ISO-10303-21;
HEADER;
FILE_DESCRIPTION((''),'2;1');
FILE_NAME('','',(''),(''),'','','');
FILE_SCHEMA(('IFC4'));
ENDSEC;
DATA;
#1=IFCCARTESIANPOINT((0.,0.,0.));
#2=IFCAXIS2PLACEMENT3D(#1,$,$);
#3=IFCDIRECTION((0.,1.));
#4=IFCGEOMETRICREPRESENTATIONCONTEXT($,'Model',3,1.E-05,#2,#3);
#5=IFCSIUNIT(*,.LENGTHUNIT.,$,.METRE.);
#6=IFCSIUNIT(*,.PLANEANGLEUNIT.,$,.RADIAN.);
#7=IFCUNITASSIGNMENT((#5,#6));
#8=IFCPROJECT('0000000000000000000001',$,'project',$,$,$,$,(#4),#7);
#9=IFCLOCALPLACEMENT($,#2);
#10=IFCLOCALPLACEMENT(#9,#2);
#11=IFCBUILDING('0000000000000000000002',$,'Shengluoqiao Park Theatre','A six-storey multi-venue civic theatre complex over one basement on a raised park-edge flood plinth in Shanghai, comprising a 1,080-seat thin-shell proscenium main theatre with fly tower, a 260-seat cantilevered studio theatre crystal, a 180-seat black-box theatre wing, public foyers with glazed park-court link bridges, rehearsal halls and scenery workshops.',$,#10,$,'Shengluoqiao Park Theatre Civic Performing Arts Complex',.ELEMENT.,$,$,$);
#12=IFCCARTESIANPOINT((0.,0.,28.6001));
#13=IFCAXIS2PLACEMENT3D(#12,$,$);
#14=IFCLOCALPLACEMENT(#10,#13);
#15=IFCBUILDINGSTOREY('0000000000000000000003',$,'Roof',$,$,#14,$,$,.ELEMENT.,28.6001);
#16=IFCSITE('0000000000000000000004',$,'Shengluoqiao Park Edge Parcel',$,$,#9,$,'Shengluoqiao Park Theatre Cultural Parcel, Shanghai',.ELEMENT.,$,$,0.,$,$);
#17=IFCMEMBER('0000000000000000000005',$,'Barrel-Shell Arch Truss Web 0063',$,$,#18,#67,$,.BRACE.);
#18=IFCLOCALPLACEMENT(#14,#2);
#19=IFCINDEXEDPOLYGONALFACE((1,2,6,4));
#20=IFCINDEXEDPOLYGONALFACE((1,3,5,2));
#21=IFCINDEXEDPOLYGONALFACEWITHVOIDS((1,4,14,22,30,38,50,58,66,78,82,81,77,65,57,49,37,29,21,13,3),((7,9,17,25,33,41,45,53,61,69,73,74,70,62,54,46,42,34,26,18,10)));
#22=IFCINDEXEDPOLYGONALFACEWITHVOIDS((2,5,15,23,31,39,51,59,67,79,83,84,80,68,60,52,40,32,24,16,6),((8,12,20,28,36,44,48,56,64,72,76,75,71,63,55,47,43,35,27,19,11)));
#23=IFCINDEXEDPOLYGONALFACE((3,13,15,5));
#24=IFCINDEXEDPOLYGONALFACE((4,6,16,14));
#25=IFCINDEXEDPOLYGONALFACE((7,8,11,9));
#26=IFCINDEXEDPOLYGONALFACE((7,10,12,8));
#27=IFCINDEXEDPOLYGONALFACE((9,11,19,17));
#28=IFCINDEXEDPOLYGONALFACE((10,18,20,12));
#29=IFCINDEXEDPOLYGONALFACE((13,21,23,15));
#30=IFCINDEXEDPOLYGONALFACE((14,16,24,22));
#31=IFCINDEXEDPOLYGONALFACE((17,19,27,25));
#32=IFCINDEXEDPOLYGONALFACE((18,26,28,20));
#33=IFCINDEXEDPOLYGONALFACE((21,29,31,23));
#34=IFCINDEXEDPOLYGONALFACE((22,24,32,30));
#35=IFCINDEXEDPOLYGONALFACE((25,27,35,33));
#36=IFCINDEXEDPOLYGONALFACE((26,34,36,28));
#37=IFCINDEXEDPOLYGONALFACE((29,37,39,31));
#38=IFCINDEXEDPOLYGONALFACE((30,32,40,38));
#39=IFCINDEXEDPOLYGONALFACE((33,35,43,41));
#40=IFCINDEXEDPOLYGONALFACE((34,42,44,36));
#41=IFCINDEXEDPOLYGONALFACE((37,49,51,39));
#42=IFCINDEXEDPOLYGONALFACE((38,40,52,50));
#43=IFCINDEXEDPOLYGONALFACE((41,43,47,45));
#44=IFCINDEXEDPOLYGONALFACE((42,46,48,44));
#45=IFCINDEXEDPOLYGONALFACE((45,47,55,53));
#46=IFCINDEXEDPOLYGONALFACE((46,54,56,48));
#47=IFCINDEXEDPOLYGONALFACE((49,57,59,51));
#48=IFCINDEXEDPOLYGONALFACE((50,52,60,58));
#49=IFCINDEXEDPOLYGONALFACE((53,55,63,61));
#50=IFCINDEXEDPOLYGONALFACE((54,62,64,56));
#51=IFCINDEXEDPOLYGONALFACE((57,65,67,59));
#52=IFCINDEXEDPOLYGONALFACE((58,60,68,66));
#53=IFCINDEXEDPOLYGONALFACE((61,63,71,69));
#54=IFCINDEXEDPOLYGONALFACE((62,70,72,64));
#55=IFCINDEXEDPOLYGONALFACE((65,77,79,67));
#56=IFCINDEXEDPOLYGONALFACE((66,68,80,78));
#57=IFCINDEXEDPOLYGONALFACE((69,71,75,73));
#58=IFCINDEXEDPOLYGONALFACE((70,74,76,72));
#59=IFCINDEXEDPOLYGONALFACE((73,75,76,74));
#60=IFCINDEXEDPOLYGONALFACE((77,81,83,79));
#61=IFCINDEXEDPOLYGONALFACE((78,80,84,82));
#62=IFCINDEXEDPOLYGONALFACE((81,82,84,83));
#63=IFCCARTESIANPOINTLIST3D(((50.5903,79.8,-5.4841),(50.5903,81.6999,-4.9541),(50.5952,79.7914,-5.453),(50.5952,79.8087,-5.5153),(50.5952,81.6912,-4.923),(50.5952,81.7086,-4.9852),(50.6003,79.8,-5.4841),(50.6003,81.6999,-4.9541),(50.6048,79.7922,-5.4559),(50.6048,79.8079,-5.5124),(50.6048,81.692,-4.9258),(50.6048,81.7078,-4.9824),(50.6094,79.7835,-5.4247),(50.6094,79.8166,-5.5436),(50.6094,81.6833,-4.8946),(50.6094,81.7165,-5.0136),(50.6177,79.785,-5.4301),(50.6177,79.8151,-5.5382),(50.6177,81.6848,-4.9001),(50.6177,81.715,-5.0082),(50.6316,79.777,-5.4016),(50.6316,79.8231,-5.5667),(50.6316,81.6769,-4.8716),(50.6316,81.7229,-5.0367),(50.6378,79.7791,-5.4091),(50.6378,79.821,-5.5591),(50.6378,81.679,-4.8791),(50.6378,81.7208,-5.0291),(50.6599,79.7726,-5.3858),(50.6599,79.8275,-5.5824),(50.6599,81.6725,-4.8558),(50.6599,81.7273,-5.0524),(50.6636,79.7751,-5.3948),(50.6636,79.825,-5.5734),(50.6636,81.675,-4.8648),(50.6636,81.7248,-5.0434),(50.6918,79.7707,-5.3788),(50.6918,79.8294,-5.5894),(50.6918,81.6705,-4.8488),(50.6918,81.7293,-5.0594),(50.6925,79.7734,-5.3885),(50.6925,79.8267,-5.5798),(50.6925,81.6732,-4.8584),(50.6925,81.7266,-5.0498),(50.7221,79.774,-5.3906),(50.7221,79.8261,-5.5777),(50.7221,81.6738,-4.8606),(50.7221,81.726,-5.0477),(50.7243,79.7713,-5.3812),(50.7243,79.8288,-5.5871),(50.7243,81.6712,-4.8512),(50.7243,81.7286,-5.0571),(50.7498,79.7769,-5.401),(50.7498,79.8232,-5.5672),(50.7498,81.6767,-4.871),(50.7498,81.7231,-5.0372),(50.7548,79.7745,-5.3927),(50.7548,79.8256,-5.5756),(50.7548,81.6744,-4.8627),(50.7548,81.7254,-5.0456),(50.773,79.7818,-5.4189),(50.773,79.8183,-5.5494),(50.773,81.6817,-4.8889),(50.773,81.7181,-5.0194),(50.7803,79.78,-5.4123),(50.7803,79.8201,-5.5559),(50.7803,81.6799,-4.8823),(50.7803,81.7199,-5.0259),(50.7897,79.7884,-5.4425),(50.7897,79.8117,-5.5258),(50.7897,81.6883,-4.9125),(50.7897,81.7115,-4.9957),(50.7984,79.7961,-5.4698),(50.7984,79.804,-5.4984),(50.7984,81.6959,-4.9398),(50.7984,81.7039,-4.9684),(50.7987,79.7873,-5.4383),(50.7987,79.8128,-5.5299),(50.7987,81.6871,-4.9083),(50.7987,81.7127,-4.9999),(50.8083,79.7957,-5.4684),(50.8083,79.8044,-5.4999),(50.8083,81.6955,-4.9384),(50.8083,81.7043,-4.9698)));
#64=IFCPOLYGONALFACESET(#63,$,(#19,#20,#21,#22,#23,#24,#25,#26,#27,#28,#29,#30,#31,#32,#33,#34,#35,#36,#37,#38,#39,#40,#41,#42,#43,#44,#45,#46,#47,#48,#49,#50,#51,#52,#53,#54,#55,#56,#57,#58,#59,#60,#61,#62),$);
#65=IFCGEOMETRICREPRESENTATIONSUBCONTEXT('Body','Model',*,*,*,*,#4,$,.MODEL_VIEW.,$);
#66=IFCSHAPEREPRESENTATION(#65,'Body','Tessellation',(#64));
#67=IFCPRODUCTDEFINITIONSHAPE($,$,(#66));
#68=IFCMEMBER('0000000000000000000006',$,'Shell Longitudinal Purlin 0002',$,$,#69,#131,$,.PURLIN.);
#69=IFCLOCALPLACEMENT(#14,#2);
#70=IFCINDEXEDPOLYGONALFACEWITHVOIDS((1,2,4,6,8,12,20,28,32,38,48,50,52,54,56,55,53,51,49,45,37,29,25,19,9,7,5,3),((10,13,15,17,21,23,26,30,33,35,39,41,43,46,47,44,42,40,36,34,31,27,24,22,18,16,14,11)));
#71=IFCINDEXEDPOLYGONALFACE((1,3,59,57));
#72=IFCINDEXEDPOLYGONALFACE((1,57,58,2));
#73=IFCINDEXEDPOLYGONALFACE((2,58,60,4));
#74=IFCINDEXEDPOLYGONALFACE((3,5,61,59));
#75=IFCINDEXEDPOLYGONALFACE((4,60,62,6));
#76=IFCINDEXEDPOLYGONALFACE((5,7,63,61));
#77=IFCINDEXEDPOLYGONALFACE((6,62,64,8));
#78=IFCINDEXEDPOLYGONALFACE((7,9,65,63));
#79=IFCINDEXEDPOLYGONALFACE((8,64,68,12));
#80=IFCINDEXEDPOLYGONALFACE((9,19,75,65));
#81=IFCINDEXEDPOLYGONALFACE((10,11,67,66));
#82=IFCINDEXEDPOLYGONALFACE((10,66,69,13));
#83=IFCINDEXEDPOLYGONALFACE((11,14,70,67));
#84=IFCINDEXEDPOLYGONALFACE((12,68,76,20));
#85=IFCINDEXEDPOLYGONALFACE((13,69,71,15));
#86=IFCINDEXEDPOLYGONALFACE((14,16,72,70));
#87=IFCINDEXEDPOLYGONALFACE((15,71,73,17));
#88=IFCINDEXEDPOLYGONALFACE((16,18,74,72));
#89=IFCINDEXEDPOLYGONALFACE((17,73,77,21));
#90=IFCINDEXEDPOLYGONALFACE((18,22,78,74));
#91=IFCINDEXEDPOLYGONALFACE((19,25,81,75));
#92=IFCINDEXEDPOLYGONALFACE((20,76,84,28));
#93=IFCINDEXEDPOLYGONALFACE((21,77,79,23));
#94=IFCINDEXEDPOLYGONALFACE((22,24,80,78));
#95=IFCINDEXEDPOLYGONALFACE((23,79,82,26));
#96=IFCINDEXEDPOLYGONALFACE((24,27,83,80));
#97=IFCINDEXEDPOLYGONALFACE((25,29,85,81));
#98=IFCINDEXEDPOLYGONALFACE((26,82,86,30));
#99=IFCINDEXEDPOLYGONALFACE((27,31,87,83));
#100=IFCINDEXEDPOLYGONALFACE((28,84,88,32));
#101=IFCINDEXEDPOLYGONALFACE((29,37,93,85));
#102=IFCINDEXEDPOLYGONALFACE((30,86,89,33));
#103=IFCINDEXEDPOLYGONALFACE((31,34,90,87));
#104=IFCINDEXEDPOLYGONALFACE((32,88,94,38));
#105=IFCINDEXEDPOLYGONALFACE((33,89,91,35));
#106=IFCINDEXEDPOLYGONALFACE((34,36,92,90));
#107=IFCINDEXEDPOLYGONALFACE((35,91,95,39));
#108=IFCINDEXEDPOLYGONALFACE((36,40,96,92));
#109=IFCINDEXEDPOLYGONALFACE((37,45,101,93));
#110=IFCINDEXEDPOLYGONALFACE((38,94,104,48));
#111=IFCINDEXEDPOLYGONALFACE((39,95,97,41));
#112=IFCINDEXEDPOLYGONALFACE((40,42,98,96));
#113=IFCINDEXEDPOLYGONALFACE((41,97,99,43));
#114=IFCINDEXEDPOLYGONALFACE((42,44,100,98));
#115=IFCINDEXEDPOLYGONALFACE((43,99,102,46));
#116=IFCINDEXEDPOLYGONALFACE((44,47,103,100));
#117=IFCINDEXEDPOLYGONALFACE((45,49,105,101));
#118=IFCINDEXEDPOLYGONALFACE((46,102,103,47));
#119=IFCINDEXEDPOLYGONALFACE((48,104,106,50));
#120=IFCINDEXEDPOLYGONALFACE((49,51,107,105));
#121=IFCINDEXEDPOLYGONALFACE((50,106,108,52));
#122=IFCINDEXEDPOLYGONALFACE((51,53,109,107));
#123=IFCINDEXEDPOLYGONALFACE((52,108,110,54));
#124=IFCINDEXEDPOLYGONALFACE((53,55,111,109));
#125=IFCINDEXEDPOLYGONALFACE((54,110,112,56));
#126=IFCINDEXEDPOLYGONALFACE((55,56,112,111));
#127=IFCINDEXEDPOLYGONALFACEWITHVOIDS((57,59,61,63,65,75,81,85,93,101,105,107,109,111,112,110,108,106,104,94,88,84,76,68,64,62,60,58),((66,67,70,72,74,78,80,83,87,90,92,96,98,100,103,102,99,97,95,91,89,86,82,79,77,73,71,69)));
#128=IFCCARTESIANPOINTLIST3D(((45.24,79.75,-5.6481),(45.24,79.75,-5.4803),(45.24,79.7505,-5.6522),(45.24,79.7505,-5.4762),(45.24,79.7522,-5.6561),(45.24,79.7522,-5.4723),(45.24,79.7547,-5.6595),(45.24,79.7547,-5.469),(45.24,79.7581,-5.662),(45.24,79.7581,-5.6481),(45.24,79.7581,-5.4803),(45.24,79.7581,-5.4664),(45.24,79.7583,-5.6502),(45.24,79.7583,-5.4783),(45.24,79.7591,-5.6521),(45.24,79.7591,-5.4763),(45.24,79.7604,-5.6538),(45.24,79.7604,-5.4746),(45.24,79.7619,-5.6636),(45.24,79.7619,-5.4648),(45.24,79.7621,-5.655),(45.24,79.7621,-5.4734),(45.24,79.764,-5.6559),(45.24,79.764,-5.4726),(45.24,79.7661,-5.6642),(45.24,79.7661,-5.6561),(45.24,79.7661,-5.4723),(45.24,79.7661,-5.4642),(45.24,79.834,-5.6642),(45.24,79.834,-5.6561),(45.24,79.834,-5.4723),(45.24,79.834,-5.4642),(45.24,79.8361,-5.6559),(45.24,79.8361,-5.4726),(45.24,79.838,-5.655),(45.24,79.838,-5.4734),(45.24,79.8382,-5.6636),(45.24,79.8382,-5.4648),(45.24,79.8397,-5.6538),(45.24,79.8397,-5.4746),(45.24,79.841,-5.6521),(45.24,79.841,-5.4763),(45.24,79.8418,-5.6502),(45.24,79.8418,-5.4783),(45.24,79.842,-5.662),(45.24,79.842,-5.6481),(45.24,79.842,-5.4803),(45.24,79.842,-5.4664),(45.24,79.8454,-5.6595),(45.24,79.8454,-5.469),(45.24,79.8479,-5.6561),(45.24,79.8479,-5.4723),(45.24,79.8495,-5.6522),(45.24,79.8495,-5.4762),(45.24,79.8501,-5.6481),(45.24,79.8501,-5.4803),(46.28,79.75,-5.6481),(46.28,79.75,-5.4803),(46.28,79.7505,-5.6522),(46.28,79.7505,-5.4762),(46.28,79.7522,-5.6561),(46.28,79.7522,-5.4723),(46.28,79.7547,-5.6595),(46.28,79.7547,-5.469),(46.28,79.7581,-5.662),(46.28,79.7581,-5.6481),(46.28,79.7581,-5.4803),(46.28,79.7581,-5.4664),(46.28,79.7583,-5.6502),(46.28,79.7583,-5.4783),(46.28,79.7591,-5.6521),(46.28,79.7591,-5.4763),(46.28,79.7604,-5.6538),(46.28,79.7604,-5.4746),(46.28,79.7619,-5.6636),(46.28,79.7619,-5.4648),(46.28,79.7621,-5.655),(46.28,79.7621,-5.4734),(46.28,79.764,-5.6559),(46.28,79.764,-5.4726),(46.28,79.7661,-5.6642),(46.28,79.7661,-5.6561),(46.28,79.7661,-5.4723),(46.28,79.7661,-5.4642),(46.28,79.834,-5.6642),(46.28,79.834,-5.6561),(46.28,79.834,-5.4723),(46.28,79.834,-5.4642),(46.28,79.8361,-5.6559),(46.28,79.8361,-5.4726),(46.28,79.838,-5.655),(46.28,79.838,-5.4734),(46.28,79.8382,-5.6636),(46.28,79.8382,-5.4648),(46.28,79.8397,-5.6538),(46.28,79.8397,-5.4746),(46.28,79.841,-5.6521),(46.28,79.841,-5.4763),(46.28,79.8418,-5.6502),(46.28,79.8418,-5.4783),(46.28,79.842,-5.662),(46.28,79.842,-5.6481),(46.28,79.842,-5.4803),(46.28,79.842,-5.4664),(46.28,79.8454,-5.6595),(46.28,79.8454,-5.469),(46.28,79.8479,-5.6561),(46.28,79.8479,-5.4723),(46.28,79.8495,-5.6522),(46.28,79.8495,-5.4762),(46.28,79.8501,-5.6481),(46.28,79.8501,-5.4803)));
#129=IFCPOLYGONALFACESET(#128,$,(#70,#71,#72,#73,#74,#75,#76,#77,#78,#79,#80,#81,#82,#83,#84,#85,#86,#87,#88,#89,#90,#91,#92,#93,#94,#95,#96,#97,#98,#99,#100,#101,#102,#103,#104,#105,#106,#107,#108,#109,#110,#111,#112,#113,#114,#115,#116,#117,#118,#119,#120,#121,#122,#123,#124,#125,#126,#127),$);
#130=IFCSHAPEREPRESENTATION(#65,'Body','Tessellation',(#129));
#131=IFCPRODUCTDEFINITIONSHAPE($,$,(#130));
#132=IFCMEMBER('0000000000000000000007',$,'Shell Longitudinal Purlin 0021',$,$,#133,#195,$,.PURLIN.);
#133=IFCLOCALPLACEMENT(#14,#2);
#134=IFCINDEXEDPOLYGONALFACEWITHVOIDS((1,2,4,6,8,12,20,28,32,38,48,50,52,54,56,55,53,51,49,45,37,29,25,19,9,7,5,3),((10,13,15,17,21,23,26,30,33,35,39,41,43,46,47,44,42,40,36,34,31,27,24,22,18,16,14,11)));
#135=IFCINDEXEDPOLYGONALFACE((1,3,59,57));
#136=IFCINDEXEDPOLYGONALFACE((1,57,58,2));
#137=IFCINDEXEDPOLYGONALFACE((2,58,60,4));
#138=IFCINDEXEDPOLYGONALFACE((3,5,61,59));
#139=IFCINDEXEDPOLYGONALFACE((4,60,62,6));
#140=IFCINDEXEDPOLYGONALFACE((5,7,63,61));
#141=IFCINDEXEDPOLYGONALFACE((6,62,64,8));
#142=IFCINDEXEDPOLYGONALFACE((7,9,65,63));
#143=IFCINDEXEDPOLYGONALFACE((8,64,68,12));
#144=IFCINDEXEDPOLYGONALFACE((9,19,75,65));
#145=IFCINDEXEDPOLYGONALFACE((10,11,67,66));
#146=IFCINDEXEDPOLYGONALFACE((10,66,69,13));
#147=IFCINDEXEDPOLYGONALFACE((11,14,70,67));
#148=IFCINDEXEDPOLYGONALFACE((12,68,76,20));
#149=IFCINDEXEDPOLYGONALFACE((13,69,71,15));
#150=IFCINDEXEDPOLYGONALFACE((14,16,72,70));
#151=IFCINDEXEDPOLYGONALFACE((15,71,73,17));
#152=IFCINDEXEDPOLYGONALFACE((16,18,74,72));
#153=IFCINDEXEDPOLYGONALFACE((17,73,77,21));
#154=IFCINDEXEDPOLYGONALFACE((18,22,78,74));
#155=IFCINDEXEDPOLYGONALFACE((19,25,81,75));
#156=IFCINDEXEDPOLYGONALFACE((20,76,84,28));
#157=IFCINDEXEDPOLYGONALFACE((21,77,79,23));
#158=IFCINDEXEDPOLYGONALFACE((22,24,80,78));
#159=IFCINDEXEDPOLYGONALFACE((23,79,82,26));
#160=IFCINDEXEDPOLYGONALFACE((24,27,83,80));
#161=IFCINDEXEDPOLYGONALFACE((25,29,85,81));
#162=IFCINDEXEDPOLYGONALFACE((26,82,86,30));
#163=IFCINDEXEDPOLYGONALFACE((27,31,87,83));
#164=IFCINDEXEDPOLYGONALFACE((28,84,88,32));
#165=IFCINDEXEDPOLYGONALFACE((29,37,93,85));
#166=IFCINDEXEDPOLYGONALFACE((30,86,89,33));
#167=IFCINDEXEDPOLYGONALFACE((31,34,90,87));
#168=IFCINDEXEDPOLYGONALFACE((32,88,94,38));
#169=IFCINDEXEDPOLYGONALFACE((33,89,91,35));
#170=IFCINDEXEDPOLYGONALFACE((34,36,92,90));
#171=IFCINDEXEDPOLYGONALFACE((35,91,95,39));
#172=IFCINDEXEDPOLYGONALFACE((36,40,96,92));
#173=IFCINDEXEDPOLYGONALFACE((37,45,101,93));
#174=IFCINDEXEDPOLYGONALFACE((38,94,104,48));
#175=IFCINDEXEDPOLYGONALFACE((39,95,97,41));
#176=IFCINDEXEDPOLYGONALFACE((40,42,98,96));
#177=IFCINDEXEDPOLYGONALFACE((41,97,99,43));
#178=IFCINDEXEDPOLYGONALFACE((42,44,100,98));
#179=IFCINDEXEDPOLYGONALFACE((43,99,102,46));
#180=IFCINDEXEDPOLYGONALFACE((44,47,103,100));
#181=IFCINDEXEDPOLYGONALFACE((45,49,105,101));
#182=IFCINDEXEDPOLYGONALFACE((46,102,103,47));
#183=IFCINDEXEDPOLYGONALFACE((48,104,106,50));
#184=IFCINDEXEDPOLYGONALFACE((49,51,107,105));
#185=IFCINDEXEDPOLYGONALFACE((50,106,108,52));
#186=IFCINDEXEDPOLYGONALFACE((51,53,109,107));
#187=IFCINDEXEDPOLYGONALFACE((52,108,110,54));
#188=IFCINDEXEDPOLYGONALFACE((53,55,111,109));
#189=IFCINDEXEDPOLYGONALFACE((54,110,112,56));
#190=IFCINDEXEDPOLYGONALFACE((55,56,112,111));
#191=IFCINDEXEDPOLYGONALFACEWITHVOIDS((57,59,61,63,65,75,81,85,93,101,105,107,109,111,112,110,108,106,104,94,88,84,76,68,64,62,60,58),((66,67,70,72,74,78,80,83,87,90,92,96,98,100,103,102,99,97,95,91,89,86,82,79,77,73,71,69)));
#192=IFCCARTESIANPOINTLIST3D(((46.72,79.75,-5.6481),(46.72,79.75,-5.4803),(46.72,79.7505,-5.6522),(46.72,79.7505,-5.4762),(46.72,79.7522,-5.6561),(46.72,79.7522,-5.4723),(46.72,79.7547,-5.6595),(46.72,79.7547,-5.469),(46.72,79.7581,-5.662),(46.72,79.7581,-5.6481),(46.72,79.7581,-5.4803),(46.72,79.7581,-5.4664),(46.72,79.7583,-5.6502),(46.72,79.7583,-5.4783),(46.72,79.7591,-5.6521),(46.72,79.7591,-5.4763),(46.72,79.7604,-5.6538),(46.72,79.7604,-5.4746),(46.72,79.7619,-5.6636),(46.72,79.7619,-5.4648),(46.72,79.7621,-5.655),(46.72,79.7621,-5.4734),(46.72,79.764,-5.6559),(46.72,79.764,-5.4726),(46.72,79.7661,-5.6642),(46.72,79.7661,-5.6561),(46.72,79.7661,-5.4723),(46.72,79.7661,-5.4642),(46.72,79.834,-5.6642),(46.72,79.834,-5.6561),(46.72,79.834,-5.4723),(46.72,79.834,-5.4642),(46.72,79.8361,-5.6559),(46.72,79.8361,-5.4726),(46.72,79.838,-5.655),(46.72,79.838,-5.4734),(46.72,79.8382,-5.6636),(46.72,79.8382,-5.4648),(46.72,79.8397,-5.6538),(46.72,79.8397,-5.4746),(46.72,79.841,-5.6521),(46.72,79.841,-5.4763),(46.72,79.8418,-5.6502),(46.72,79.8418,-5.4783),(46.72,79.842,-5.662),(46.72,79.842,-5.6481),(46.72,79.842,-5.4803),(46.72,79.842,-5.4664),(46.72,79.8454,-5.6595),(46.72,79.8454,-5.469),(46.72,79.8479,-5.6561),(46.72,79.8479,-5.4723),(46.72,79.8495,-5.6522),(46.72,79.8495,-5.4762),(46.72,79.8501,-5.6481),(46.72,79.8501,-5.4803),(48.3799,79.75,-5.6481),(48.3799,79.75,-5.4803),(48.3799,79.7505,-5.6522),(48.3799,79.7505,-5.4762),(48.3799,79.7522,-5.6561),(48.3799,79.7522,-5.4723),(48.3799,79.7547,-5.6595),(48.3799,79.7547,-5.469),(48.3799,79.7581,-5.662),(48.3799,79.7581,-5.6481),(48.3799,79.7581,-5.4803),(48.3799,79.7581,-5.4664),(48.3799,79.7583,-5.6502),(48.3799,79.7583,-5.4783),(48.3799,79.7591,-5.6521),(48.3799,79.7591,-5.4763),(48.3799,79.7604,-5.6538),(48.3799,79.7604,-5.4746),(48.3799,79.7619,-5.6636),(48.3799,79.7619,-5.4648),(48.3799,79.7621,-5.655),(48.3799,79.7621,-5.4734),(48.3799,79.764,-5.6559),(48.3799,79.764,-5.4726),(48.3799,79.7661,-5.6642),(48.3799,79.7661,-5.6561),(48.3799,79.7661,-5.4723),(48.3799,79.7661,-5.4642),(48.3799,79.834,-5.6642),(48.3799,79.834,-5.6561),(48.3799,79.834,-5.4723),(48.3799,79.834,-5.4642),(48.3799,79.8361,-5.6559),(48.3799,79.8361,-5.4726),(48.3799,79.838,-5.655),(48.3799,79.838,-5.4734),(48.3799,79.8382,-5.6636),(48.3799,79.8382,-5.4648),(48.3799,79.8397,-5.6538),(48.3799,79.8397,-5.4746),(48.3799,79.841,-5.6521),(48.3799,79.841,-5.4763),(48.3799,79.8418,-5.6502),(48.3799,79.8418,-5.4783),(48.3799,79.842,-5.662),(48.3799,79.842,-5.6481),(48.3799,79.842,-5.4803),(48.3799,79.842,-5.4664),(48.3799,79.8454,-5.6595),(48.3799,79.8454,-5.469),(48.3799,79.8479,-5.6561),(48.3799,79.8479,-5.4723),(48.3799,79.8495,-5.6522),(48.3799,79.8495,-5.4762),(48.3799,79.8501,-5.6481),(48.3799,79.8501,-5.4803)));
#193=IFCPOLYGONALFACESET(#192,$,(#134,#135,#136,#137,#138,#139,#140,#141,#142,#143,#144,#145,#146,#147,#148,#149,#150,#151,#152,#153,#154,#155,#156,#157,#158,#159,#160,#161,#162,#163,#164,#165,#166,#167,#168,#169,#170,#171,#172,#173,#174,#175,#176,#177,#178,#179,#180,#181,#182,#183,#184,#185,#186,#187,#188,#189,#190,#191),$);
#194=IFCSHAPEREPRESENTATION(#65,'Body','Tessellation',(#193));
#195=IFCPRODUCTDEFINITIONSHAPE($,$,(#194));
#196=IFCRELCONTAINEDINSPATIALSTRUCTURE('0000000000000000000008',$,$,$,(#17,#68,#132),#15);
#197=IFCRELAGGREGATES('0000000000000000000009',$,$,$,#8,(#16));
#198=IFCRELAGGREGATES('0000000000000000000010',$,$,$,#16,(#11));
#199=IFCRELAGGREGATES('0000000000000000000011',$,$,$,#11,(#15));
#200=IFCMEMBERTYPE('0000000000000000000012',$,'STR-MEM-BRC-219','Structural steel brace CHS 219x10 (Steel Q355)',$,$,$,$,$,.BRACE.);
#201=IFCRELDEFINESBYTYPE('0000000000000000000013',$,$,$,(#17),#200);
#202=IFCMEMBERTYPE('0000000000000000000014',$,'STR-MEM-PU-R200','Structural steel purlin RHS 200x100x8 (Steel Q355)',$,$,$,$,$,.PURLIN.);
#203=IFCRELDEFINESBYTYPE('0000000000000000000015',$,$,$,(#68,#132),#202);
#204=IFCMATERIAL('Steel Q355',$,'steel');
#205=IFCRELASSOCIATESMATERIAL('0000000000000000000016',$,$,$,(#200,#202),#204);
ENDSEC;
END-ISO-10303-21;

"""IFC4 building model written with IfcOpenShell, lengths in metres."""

from ifc_helpers import new_model, si_unit, direction, frame, origin, origin_2d, place, context, subcontext, project, spatial, hollow_rectangle, hollow_circle, extrude, material, material_profile, profile_set, type_object, element, save


model = new_model("IFC4")

# Units and contexts
model_context = context("Model", 3, precision=1e-05, world=origin(), true_north=direction((0.0, 1.0)))
body_context = subcontext(model_context, "Body", "Model", "MODEL_VIEW")
ifc_project = project(units=[si_unit("LENGTHUNIT", "METRE"), si_unit("PLANEANGLEUNIT", "RADIAN")], contexts=[model_context])

# Site, building, storey
site_placement = place(None, origin())
site = spatial("IfcSite", under=ifc_project, at=site_placement, Name="Shengluoqiao Park Edge Parcel", LongName="Shengluoqiao Park Theatre Cultural Parcel, Shanghai", CompositionType="ELEMENT", RefElevation=0.0)
building_placement = place(site_placement, origin())
building = spatial("IfcBuilding", under=site, at=building_placement, Name="Shengluoqiao Park Theatre", Description="A six-storey multi-venue civic theatre complex over one basement on a raised park-edge flood plinth in Shanghai, comprising a 1,080-seat thin-shell proscenium main theatre with fly tower, a 260-seat cantilevered studio theatre crystal, a 180-seat black-box theatre wing, public foyers with glazed park-court link bridges, rehearsal halls and scenery workshops.", LongName="Shengluoqiao Park Theatre Civic Performing Arts Complex", CompositionType="ELEMENT")
storey_placement = place(building_placement, frame((0.0, 0.0, 28.6001)))
storey = spatial("IfcBuildingStorey", under=building, at=storey_placement, Name="Roof", CompositionType="ELEMENT", Elevation=28.6001)

# Shared definitions
ifc_material_1 = material(Name="Steel Q355", Category="steel")

# Members
ifc_material_profile_1 = material_profile(ifc_material_1, hollow_circle(Radius=0.1096, WallThickness=0.01, at=origin_2d()), Name="CHS 219x10")
ifc_profile_set_1 = profile_set([ifc_material_profile_1], Name="Steel Q355")
member_type_1 = type_object("IfcMemberType", Name="STR-MEM-BRC-219", Description="Structural steel brace CHS 219x10 (Steel Q355)", PredefinedType="BRACE", material=ifc_profile_set_1)
for number, where, z_axis, x_axis, name in (
    (1, (50.7, 79.8, -5.4841), (0.0, 0.963219, 0.268716), (-1.0, 0.0, 0.0), "Barrel-Shell Arch Truss Web 0063"),
):
    element("IfcMember", number, at=place(storey_placement, frame(where, z_axis=z_axis, x_axis=x_axis)), inside=storey, type_object=member_type_1, Name=name, PredefinedType="BRACE", context=body_context, shape_type="SweptSolid", body=[
        extrude(hollow_circle(Radius=0.1096, WallThickness=0.01, at=origin_2d()), origin(), (0.0, 0.0, 1.0), 1.9724),
    ])
ifc_material_profile_2 = material_profile(ifc_material_1, hollow_rectangle(XDim=0.1001, YDim=0.2, WallThickness=0.0081, InnerFilletRadius=0.0081, OuterFilletRadius=0.0161, at=origin_2d()), Name="RHS 200x100x8")
ifc_profile_set_2 = profile_set([ifc_material_profile_2], Name="Steel Q355")
member_type_2 = type_object("IfcMemberType", Name="STR-MEM-PU-R200", Description="Structural steel purlin RHS 200x100x8 (Steel Q355)", PredefinedType="PURLIN", material=ifc_profile_set_2)
member_1_placement = place(storey_placement, frame((45.24, 79.8, -5.5642), z_axis=(1.0, 0.0, 0.0), x_axis=(0.0, 1.0, 0.0)))
element("IfcMember", 2, at=member_1_placement, inside=storey, type_object=member_type_2, Name="Shell Longitudinal Purlin 0002", PredefinedType="PURLIN", context=body_context, shape_type="SweptSolid", body=[
    extrude(hollow_rectangle(XDim=0.1001, YDim=0.2, WallThickness=0.0081, InnerFilletRadius=0.0081, OuterFilletRadius=0.0161, at=origin_2d()), origin(), (0.0, 0.0, 1.0), 1.04),
])
for number, where, z_axis, x_axis, name in (
    (3, (46.72, 79.8, -5.5642), (1.0, 0.0, 0.0), (0.0, 1.0, 0.0), "Shell Longitudinal Purlin 0021"),
):
    element("IfcMember", number, at=place(storey_placement, frame(where, z_axis=z_axis, x_axis=x_axis)), inside=storey, type_object=member_type_2, Name=name, PredefinedType="PURLIN", context=body_context, shape_type="SweptSolid", body=[
        extrude(hollow_rectangle(XDim=0.1001, YDim=0.2, WallThickness=0.0081, InnerFilletRadius=0.0081, OuterFilletRadius=0.0161, at=origin_2d()), origin(), (0.0, 0.0, 1.0), 1.6599),
    ])

save(model, "model.ifc")
